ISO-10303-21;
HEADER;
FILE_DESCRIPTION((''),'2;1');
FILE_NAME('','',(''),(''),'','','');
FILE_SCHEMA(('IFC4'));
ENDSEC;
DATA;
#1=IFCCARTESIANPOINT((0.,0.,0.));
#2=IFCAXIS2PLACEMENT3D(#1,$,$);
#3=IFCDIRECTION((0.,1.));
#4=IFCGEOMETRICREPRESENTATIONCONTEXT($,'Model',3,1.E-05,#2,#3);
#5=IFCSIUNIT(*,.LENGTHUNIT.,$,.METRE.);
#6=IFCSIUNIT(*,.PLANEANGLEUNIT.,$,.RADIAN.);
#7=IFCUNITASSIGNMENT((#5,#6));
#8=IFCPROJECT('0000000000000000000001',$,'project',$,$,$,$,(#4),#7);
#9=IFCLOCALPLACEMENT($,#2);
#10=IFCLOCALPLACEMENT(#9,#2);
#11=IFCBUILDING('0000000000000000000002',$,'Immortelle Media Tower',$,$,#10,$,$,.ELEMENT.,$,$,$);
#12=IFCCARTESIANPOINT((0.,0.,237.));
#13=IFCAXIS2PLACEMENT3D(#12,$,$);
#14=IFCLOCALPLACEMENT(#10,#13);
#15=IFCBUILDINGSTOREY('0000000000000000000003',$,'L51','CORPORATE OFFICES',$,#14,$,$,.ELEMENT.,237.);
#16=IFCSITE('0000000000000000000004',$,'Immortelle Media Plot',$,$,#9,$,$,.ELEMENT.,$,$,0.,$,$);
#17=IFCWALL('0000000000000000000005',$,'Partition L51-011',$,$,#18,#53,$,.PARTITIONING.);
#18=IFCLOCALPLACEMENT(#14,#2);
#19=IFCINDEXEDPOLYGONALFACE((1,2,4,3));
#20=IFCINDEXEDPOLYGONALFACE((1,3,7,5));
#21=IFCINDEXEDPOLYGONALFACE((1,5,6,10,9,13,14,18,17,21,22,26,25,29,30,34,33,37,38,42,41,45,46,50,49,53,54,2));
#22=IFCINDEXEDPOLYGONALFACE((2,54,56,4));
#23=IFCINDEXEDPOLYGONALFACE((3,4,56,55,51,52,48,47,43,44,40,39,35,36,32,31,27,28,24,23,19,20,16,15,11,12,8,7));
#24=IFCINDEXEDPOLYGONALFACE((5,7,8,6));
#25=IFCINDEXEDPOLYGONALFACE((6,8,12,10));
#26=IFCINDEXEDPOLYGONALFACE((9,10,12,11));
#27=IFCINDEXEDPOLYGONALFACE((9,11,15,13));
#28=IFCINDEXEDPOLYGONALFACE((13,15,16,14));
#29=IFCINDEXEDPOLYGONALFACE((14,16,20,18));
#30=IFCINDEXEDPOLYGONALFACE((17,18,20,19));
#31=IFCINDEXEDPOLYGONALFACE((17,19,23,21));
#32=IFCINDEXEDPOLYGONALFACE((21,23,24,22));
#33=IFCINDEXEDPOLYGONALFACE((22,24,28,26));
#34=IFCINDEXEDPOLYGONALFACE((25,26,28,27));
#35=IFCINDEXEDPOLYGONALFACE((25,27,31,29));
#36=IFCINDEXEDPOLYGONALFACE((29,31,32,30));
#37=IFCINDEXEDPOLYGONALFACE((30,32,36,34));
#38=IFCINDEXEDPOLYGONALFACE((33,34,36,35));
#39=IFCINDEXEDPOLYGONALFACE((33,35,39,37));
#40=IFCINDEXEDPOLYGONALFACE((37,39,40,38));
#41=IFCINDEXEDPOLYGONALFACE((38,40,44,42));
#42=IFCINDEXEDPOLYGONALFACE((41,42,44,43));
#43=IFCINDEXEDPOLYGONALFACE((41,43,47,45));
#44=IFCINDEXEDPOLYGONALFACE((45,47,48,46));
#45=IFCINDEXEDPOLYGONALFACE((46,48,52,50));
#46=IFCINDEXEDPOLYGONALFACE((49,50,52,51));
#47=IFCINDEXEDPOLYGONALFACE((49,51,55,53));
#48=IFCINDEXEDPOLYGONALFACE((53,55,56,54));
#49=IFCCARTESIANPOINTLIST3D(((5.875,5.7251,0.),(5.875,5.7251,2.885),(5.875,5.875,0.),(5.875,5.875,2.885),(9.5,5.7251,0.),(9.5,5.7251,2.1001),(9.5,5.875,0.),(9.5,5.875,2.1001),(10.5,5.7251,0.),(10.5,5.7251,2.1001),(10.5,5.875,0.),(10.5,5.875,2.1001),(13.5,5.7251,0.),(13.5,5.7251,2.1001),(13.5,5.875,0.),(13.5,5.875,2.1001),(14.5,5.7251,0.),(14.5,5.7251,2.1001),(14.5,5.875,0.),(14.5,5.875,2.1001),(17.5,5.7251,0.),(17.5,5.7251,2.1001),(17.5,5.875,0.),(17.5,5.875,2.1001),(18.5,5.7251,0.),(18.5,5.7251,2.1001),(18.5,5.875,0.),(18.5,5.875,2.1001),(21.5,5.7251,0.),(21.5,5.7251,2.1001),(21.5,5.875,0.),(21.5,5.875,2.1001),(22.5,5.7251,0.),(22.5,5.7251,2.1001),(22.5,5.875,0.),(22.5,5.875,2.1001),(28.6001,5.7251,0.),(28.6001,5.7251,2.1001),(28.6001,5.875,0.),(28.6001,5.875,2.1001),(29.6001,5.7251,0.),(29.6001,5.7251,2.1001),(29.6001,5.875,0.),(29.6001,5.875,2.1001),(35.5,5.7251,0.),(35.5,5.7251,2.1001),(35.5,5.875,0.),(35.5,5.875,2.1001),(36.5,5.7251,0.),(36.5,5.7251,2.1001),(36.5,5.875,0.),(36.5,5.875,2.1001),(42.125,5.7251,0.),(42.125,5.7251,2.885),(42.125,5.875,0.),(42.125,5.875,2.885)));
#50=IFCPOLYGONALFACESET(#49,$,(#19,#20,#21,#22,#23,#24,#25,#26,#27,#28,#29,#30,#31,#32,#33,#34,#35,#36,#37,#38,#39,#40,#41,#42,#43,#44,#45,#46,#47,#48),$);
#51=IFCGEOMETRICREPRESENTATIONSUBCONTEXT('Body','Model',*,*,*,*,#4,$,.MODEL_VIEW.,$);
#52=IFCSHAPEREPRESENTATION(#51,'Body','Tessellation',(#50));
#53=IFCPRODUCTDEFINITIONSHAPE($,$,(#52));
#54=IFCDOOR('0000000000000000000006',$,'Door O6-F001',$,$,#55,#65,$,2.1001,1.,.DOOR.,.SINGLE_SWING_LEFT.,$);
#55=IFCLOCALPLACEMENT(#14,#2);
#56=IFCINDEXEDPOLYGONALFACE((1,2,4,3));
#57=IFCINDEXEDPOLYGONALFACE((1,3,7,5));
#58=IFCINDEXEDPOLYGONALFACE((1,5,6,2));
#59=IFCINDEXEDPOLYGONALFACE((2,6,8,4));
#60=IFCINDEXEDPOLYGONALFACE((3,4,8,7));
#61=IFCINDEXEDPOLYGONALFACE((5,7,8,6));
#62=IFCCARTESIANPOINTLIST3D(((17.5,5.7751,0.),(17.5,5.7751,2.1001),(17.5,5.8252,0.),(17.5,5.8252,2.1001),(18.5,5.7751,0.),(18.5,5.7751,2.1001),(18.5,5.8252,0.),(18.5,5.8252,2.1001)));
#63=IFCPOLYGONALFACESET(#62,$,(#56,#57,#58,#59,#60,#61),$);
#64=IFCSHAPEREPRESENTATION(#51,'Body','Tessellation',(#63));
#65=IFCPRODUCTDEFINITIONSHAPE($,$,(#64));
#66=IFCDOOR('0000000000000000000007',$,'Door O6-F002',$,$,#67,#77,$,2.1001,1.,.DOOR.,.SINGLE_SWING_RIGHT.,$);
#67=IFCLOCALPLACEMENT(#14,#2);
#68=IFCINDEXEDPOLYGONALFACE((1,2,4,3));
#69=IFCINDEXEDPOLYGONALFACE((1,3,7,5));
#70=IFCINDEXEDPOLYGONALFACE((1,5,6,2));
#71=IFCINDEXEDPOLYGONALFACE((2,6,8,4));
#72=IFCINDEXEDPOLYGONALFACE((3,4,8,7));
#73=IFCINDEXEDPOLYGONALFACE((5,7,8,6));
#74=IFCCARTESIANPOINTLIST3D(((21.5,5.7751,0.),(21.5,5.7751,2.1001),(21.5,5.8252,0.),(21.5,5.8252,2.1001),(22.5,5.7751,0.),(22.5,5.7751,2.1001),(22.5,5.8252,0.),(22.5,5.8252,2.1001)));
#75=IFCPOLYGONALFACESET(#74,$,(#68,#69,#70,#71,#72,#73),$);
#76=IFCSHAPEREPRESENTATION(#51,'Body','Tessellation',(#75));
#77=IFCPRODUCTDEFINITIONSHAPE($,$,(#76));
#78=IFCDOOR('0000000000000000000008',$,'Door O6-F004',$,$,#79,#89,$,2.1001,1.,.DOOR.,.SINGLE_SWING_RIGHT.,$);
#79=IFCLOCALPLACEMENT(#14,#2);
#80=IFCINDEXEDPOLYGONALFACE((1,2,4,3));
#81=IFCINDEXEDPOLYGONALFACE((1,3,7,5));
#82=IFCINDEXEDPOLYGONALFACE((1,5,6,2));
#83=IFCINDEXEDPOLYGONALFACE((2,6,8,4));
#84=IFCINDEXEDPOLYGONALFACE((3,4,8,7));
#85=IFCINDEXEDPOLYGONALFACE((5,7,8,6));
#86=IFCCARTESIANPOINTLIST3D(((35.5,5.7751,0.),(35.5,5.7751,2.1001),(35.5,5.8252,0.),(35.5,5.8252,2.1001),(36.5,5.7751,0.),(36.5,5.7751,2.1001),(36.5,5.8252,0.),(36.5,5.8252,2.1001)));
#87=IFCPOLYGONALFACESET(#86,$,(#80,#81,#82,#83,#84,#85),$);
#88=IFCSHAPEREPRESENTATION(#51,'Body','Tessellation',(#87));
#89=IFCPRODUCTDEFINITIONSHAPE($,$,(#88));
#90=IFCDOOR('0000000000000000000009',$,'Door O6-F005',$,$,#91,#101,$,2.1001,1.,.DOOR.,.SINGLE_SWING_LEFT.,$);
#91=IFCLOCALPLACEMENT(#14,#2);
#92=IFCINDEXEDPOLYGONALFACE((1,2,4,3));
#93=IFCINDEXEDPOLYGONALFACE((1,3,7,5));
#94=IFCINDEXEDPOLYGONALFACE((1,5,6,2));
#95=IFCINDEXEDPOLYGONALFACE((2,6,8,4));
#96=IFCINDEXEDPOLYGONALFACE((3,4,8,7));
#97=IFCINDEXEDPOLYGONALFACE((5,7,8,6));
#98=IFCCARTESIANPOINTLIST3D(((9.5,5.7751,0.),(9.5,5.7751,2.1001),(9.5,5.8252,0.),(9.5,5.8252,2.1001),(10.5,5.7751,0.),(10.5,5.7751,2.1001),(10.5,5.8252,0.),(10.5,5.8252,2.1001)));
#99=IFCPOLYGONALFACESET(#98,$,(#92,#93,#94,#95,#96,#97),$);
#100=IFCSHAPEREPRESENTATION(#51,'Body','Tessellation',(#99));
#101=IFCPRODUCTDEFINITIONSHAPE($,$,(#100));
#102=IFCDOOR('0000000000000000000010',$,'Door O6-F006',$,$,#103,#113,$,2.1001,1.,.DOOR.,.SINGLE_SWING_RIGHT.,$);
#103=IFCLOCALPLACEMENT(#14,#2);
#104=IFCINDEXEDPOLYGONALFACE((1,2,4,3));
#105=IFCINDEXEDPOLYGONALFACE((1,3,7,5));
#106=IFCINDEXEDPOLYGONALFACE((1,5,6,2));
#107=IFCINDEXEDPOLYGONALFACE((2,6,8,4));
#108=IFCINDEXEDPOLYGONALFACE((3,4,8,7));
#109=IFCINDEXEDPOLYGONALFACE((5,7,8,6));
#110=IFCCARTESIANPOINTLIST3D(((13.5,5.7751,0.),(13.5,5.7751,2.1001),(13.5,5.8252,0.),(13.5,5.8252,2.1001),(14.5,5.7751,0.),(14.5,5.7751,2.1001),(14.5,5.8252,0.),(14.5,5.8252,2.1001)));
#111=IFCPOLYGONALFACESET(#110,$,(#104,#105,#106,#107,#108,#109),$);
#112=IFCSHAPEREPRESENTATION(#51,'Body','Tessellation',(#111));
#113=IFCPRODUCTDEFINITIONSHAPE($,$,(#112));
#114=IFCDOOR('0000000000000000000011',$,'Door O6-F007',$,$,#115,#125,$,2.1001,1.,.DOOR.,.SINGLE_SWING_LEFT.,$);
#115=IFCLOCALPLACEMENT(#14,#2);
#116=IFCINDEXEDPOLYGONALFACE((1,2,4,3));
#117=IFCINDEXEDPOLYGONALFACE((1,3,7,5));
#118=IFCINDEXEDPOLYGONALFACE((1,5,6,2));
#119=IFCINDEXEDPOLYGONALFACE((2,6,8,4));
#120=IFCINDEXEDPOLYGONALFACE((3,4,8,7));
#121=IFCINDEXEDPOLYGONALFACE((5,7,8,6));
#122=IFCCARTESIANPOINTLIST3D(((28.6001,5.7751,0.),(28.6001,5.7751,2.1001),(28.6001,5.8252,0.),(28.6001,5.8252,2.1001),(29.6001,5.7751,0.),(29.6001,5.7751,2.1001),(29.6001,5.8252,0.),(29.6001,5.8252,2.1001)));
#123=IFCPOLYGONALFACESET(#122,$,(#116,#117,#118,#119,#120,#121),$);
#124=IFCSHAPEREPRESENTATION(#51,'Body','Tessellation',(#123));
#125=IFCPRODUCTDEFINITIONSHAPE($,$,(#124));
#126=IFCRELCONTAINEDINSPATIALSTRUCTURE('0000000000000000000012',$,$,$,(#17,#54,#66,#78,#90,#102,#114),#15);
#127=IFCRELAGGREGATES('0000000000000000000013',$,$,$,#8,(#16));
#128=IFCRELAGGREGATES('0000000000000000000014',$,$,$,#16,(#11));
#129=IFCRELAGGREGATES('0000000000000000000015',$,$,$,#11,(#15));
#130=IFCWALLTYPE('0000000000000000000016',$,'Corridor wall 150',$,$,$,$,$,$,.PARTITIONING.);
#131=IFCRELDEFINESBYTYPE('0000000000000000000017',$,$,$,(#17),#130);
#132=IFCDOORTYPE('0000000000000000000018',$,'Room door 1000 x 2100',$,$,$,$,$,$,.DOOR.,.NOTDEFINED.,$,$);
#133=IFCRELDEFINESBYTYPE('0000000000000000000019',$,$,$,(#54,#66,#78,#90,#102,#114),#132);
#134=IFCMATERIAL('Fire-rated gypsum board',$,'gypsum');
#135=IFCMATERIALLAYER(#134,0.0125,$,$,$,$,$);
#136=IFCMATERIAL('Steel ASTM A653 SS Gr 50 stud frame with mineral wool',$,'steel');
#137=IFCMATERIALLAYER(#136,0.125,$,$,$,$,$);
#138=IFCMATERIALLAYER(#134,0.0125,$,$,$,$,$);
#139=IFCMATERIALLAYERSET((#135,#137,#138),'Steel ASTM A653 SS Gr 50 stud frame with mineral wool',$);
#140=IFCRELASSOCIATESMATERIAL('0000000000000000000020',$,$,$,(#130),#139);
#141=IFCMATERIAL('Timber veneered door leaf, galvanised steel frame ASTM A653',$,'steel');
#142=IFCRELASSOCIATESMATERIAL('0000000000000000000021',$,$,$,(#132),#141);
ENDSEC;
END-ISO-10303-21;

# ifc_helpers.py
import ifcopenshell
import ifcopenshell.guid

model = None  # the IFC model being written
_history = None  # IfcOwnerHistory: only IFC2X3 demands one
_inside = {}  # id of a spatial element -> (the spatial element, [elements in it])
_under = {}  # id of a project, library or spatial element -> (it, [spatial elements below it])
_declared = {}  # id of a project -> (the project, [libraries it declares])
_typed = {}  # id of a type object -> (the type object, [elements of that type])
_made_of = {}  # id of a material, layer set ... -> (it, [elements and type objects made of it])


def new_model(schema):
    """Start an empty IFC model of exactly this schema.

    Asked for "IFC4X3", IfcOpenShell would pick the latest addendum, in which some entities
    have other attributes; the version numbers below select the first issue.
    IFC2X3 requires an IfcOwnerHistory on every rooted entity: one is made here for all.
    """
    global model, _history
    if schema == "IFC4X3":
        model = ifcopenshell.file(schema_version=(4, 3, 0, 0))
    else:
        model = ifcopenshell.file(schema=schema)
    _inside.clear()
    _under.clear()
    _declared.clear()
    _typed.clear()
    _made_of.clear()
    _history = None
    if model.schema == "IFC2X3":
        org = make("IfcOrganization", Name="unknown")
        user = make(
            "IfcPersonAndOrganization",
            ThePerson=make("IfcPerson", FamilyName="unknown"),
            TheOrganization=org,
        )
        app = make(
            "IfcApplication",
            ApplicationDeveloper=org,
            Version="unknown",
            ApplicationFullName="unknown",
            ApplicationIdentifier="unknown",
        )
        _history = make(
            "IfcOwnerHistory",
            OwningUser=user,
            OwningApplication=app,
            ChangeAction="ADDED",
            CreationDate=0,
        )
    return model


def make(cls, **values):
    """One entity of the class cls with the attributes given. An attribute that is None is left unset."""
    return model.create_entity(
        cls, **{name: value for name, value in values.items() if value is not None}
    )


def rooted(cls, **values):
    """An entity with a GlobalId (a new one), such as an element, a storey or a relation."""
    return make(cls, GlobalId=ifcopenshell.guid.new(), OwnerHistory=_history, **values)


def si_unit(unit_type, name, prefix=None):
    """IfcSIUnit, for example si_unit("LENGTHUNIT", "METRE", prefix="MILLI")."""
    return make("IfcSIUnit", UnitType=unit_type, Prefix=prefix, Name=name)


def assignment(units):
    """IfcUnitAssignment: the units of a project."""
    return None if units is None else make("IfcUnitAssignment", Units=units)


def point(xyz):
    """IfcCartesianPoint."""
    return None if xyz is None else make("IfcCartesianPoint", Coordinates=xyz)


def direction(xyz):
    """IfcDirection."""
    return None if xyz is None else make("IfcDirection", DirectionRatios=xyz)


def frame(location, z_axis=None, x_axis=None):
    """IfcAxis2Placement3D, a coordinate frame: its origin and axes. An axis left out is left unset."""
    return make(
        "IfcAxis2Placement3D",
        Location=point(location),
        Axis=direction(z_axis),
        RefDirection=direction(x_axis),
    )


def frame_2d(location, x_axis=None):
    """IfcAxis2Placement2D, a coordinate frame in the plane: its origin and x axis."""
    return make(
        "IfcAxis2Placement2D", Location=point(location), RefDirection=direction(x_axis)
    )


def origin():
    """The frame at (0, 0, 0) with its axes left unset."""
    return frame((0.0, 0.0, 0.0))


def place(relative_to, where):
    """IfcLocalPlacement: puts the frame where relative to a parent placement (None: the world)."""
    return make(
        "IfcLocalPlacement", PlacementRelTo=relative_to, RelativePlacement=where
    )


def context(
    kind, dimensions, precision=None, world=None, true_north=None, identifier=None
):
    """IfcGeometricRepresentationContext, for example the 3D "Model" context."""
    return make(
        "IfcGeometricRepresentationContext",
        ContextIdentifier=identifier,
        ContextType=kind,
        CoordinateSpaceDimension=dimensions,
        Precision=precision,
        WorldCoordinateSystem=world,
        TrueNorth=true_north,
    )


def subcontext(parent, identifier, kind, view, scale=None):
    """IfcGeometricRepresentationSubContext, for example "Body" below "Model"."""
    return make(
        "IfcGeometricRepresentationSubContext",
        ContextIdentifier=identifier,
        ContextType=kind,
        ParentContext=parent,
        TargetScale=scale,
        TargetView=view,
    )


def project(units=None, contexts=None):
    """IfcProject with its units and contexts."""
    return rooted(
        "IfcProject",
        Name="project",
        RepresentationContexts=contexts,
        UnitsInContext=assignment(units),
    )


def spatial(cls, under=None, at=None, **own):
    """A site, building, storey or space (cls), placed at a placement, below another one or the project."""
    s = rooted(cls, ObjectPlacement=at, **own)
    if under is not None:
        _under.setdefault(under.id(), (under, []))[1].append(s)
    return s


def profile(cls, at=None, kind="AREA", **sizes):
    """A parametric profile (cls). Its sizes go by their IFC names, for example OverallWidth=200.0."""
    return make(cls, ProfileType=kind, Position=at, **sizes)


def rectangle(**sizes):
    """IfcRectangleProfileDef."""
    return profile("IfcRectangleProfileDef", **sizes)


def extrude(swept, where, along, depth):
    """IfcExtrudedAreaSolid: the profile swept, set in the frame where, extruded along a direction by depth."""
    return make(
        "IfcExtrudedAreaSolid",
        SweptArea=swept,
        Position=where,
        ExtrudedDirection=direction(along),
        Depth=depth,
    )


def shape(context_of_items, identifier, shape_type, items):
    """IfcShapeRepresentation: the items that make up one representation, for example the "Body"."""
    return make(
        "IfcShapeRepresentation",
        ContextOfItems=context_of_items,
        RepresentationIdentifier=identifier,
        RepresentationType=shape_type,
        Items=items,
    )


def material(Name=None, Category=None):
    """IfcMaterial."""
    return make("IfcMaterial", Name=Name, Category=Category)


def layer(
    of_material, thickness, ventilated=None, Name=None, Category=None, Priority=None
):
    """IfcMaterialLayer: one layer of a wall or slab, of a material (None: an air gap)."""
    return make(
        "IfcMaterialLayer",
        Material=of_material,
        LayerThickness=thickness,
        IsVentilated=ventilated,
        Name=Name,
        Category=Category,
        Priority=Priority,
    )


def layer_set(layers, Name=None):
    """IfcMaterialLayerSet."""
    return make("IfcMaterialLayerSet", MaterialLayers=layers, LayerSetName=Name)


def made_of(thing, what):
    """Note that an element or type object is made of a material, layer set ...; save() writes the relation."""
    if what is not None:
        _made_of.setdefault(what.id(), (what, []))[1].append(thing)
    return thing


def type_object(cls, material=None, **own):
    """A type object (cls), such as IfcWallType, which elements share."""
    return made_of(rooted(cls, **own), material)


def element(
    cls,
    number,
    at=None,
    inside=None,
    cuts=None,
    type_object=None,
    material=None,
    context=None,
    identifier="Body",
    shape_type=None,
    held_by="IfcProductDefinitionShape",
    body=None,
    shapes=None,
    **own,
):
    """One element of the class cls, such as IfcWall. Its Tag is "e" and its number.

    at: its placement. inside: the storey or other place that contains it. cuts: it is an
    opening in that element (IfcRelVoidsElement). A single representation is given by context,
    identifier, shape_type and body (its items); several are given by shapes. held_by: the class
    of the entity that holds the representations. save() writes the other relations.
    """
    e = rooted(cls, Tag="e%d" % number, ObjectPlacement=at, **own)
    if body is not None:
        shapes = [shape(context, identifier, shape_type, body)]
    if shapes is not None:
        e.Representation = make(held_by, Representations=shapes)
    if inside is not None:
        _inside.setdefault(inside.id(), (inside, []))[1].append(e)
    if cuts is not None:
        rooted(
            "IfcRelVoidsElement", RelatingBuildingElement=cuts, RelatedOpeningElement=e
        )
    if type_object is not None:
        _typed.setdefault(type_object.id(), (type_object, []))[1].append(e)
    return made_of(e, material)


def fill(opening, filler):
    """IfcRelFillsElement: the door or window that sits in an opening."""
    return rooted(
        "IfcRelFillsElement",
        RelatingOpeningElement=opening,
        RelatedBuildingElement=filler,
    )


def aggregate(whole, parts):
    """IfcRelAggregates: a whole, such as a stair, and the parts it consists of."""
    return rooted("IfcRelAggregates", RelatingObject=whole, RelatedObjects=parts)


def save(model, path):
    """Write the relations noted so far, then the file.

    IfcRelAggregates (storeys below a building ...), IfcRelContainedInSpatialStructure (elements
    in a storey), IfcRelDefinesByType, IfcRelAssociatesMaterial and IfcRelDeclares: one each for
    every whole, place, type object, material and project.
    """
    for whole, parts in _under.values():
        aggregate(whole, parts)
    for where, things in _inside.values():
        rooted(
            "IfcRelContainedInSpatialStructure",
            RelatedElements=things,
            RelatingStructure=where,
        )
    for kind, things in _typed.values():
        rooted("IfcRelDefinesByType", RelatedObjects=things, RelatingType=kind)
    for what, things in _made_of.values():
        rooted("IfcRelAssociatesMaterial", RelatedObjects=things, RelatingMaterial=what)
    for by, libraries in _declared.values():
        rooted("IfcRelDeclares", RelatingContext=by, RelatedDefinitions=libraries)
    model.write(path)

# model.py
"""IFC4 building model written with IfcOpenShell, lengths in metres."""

from ifc_helpers import new_model, si_unit, direction, frame, frame_2d, origin, place, context, subcontext, project, spatial, rectangle, extrude, material, layer, layer_set, type_object, element, fill, save


model = new_model("IFC4")

# Units and contexts
model_context = context("Model", 3, precision=1e-05, world=origin(), true_north=direction((0.0, 1.0)))
body_context = subcontext(model_context, "Body", "Model", "MODEL_VIEW")
ifc_project = project(units=[si_unit("LENGTHUNIT", "METRE"), si_unit("PLANEANGLEUNIT", "RADIAN")], contexts=[model_context])

# Site, building, storey
site_placement = place(None, origin())
site = spatial("IfcSite", under=ifc_project, at=site_placement, Name="Immortelle Media Plot", CompositionType="ELEMENT", RefElevation=0.0)
building_placement = place(site_placement, origin())
building = spatial("IfcBuilding", under=site, at=building_placement, Name="Immortelle Media Tower", CompositionType="ELEMENT")
storey_placement = place(building_placement, frame((0.0, 0.0, 237.0)))
storey = spatial("IfcBuildingStorey", under=building, at=storey_placement, Name="L51", Description="CORPORATE OFFICES", CompositionType="ELEMENT", Elevation=237.0)

# Wall, openings, doors
ifc_material_1 = material(Name="Fire-rated gypsum board", Category="gypsum")
ifc_layer_1 = layer(ifc_material_1, 0.0125)
ifc_material_2 = material(Name="Steel ASTM A653 SS Gr 50 stud frame with mineral wool", Category="steel")
ifc_layer_2 = layer(ifc_material_2, 0.125)
ifc_layer_3 = layer(ifc_material_1, 0.0125)
ifc_layer_set_1 = layer_set([ifc_layer_1, ifc_layer_2, ifc_layer_3], Name="Steel ASTM A653 SS Gr 50 stud frame with mineral wool")
wall_type_1 = type_object("IfcWallType", Name="Corridor wall 150", PredefinedType="PARTITIONING", material=ifc_layer_set_1)
wall_1_placement = place(storey_placement, frame((5.875, 5.8, 0.0), z_axis=(0.0, 0.0, 1.0), x_axis=(1.0, 0.0, 0.0)))
wall_1 = element("IfcWall", 1, at=wall_1_placement, inside=storey, type_object=wall_type_1, Name="Partition L51-011", PredefinedType="PARTITIONING", context=body_context, shape_type="SweptSolid", body=[
    extrude(rectangle(XDim=36.25, YDim=0.1499, at=frame_2d((18.125, 0.0))), origin(), (0.0, 0.0, 1.0), 2.885),
])
opening_1_placement = place(wall_1_placement, frame((12.625, 0.0, 0.0), z_axis=(0.0, 0.0, 1.0), x_axis=(-1.0, 0.0, 0.0)))
opening_1 = element("IfcOpeningElement", 2, at=opening_1_placement, cuts=wall_1, PredefinedType="OPENING", context=body_context, shape_type="SweptSolid", body=[
    extrude(rectangle(XDim=1.0, YDim=2.1001, at=frame_2d((0.5, 1.05))), frame((0.0, 0.085, 0.0), z_axis=(0.0, -1.0, 0.0), x_axis=(1.0, 0.0, 0.0)), (0.0, 0.0, 1.0), 0.1699),
])
opening_2_placement = place(wall_1_placement, frame((16.625, 0.0, 0.0), z_axis=(0.0, 0.0, 1.0), x_axis=(-1.0, 0.0, 0.0)))
opening_2 = element("IfcOpeningElement", 3, at=opening_2_placement, cuts=wall_1, PredefinedType="OPENING", context=body_context, shape_type="SweptSolid", body=[
    extrude(rectangle(XDim=1.0, YDim=2.1001, at=frame_2d((0.5, 1.05))), frame((0.0, 0.085, 0.0), z_axis=(0.0, -1.0, 0.0), x_axis=(1.0, 0.0, 0.0)), (0.0, 0.0, 1.0), 0.1699),
])
opening_3_placement = place(wall_1_placement, frame((30.625, 0.0, 0.0), z_axis=(0.0, 0.0, 1.0), x_axis=(-1.0, 0.0, 0.0)))
opening_3 = element("IfcOpeningElement", 4, at=opening_3_placement, cuts=wall_1, PredefinedType="OPENING", context=body_context, shape_type="SweptSolid", body=[
    extrude(rectangle(XDim=1.0, YDim=2.1001, at=frame_2d((0.5, 1.05))), frame((0.0, 0.085, 0.0), z_axis=(0.0, -1.0, 0.0), x_axis=(1.0, 0.0, 0.0)), (0.0, 0.0, 1.0), 0.1699),
])
opening_4_placement = place(wall_1_placement, frame((4.625, 0.0, 0.0), z_axis=(0.0, 0.0, 1.0), x_axis=(-1.0, 0.0, 0.0)))
opening_4 = element("IfcOpeningElement", 5, at=opening_4_placement, cuts=wall_1, PredefinedType="OPENING", context=body_context, shape_type="SweptSolid", body=[
    extrude(rectangle(XDim=1.0, YDim=2.1001, at=frame_2d((0.5, 1.05))), frame((0.0, 0.085, 0.0), z_axis=(0.0, -1.0, 0.0), x_axis=(1.0, 0.0, 0.0)), (0.0, 0.0, 1.0), 0.1699),
])
opening_5_placement = place(wall_1_placement, frame((8.625, 0.0, 0.0), z_axis=(0.0, 0.0, 1.0), x_axis=(-1.0, 0.0, 0.0)))
opening_5 = element("IfcOpeningElement", 6, at=opening_5_placement, cuts=wall_1, PredefinedType="OPENING", context=body_context, shape_type="SweptSolid", body=[
    extrude(rectangle(XDim=1.0, YDim=2.1001, at=frame_2d((0.5, 1.05))), frame((0.0, 0.085, 0.0), z_axis=(0.0, -1.0, 0.0), x_axis=(1.0, 0.0, 0.0)), (0.0, 0.0, 1.0), 0.1699),
])
opening_6_placement = place(wall_1_placement, frame((23.7251, 0.0, 0.0), z_axis=(0.0, 0.0, 1.0), x_axis=(-1.0, 0.0, 0.0)))
opening_6 = element("IfcOpeningElement", 7, at=opening_6_placement, cuts=wall_1, PredefinedType="OPENING", context=body_context, shape_type="SweptSolid", body=[
    extrude(rectangle(XDim=1.0, YDim=2.1001, at=frame_2d((0.5, 1.05))), frame((0.0, 0.085, 0.0), z_axis=(0.0, -1.0, 0.0), x_axis=(1.0, 0.0, 0.0)), (0.0, 0.0, 1.0), 0.1699),
])
ifc_material_3 = material(Name="Timber veneered door leaf, galvanised steel frame ASTM A653", Category="steel")
door_type = type_object("IfcDoorType", Name="Room door 1000 x 2100", OperationType="NOTDEFINED", PredefinedType="DOOR", material=ifc_material_3)
door_1_placement = place(opening_1_placement, origin())
door_1 = element("IfcDoor", 8, at=door_1_placement, inside=storey, type_object=door_type, Name="Door O6-F001", OperationType="SINGLE_SWING_LEFT", OverallHeight=2.1001, OverallWidth=1.0, PredefinedType="DOOR", context=body_context, shape_type="SweptSolid", body=[
    extrude(rectangle(XDim=1.0, YDim=2.1001, at=frame_2d((0.5, 1.05))), frame((0.0, 0.0249, 0.0), z_axis=(0.0, -1.0, 0.0), x_axis=(1.0, 0.0, 0.0)), (0.0, 0.0, 1.0), 0.05),
])
fill(opening_1, door_1)
door_2_placement = place(opening_2_placement, origin())
door_2 = element("IfcDoor", 9, at=door_2_placement, inside=storey, type_object=door_type, Name="Door O6-F002", OperationType="SINGLE_SWING_RIGHT", OverallHeight=2.1001, OverallWidth=1.0, PredefinedType="DOOR", context=body_context, shape_type="SweptSolid", body=[
    extrude(rectangle(XDim=1.0, YDim=2.1001, at=frame_2d((0.5, 1.05))), frame((0.0, 0.0249, 0.0), z_axis=(0.0, -1.0, 0.0), x_axis=(1.0, 0.0, 0.0)), (0.0, 0.0, 1.0), 0.05),
])
fill(opening_2, door_2)
door_3_placement = place(opening_3_placement, origin())
door_3 = element("IfcDoor", 10, at=door_3_placement, inside=storey, type_object=door_type, Name="Door O6-F004", OperationType="SINGLE_SWING_RIGHT", OverallHeight=2.1001, OverallWidth=1.0, PredefinedType="DOOR", context=body_context, shape_type="SweptSolid", body=[
    extrude(rectangle(XDim=1.0, YDim=2.1001, at=frame_2d((0.5, 1.05))), frame((0.0, 0.0249, 0.0), z_axis=(0.0, -1.0, 0.0), x_axis=(1.0, 0.0, 0.0)), (0.0, 0.0, 1.0), 0.05),
])
fill(opening_3, door_3)
door_4_placement = place(opening_4_placement, origin())
door_4 = element("IfcDoor", 11, at=door_4_placement, inside=storey, type_object=door_type, Name="Door O6-F005", OperationType="SINGLE_SWING_LEFT", OverallHeight=2.1001, OverallWidth=1.0, PredefinedType="DOOR", context=body_context, shape_type="SweptSolid", body=[
    extrude(rectangle(XDim=1.0, YDim=2.1001, at=frame_2d((0.5, 1.05))), frame((0.0, 0.0249, 0.0), z_axis=(0.0, -1.0, 0.0), x_axis=(1.0, 0.0, 0.0)), (0.0, 0.0, 1.0), 0.05),
])
fill(opening_4, door_4)
door_5_placement = place(opening_5_placement, origin())
door_5 = element("IfcDoor", 12, at=door_5_placement, inside=storey, type_object=door_type, Name="Door O6-F006", OperationType="SINGLE_SWING_RIGHT", OverallHeight=2.1001, OverallWidth=1.0, PredefinedType="DOOR", context=body_context, shape_type="SweptSolid", body=[
    extrude(rectangle(XDim=1.0, YDim=2.1001, at=frame_2d((0.5, 1.05))), frame((0.0, 0.0249, 0.0), z_axis=(0.0, -1.0, 0.0), x_axis=(1.0, 0.0, 0.0)), (0.0, 0.0, 1.0), 0.05),
])
fill(opening_5, door_5)
door_6_placement = place(opening_6_placement, origin())
door_6 = element("IfcDoor", 13, at=door_6_placement, inside=storey, type_object=door_type, Name="Door O6-F007", OperationType="SINGLE_SWING_LEFT", OverallHeight=2.1001, OverallWidth=1.0, PredefinedType="DOOR", context=body_context, shape_type="SweptSolid", body=[
    extrude(rectangle(XDim=1.0, YDim=2.1001, at=frame_2d((0.5, 1.05))), frame((0.0, 0.0249, 0.0), z_axis=(0.0, -1.0, 0.0), x_axis=(1.0, 0.0, 0.0)), (0.0, 0.0, 1.0), 0.05),
])
fill(opening_6, door_6)

save(model, "model.ifc")
